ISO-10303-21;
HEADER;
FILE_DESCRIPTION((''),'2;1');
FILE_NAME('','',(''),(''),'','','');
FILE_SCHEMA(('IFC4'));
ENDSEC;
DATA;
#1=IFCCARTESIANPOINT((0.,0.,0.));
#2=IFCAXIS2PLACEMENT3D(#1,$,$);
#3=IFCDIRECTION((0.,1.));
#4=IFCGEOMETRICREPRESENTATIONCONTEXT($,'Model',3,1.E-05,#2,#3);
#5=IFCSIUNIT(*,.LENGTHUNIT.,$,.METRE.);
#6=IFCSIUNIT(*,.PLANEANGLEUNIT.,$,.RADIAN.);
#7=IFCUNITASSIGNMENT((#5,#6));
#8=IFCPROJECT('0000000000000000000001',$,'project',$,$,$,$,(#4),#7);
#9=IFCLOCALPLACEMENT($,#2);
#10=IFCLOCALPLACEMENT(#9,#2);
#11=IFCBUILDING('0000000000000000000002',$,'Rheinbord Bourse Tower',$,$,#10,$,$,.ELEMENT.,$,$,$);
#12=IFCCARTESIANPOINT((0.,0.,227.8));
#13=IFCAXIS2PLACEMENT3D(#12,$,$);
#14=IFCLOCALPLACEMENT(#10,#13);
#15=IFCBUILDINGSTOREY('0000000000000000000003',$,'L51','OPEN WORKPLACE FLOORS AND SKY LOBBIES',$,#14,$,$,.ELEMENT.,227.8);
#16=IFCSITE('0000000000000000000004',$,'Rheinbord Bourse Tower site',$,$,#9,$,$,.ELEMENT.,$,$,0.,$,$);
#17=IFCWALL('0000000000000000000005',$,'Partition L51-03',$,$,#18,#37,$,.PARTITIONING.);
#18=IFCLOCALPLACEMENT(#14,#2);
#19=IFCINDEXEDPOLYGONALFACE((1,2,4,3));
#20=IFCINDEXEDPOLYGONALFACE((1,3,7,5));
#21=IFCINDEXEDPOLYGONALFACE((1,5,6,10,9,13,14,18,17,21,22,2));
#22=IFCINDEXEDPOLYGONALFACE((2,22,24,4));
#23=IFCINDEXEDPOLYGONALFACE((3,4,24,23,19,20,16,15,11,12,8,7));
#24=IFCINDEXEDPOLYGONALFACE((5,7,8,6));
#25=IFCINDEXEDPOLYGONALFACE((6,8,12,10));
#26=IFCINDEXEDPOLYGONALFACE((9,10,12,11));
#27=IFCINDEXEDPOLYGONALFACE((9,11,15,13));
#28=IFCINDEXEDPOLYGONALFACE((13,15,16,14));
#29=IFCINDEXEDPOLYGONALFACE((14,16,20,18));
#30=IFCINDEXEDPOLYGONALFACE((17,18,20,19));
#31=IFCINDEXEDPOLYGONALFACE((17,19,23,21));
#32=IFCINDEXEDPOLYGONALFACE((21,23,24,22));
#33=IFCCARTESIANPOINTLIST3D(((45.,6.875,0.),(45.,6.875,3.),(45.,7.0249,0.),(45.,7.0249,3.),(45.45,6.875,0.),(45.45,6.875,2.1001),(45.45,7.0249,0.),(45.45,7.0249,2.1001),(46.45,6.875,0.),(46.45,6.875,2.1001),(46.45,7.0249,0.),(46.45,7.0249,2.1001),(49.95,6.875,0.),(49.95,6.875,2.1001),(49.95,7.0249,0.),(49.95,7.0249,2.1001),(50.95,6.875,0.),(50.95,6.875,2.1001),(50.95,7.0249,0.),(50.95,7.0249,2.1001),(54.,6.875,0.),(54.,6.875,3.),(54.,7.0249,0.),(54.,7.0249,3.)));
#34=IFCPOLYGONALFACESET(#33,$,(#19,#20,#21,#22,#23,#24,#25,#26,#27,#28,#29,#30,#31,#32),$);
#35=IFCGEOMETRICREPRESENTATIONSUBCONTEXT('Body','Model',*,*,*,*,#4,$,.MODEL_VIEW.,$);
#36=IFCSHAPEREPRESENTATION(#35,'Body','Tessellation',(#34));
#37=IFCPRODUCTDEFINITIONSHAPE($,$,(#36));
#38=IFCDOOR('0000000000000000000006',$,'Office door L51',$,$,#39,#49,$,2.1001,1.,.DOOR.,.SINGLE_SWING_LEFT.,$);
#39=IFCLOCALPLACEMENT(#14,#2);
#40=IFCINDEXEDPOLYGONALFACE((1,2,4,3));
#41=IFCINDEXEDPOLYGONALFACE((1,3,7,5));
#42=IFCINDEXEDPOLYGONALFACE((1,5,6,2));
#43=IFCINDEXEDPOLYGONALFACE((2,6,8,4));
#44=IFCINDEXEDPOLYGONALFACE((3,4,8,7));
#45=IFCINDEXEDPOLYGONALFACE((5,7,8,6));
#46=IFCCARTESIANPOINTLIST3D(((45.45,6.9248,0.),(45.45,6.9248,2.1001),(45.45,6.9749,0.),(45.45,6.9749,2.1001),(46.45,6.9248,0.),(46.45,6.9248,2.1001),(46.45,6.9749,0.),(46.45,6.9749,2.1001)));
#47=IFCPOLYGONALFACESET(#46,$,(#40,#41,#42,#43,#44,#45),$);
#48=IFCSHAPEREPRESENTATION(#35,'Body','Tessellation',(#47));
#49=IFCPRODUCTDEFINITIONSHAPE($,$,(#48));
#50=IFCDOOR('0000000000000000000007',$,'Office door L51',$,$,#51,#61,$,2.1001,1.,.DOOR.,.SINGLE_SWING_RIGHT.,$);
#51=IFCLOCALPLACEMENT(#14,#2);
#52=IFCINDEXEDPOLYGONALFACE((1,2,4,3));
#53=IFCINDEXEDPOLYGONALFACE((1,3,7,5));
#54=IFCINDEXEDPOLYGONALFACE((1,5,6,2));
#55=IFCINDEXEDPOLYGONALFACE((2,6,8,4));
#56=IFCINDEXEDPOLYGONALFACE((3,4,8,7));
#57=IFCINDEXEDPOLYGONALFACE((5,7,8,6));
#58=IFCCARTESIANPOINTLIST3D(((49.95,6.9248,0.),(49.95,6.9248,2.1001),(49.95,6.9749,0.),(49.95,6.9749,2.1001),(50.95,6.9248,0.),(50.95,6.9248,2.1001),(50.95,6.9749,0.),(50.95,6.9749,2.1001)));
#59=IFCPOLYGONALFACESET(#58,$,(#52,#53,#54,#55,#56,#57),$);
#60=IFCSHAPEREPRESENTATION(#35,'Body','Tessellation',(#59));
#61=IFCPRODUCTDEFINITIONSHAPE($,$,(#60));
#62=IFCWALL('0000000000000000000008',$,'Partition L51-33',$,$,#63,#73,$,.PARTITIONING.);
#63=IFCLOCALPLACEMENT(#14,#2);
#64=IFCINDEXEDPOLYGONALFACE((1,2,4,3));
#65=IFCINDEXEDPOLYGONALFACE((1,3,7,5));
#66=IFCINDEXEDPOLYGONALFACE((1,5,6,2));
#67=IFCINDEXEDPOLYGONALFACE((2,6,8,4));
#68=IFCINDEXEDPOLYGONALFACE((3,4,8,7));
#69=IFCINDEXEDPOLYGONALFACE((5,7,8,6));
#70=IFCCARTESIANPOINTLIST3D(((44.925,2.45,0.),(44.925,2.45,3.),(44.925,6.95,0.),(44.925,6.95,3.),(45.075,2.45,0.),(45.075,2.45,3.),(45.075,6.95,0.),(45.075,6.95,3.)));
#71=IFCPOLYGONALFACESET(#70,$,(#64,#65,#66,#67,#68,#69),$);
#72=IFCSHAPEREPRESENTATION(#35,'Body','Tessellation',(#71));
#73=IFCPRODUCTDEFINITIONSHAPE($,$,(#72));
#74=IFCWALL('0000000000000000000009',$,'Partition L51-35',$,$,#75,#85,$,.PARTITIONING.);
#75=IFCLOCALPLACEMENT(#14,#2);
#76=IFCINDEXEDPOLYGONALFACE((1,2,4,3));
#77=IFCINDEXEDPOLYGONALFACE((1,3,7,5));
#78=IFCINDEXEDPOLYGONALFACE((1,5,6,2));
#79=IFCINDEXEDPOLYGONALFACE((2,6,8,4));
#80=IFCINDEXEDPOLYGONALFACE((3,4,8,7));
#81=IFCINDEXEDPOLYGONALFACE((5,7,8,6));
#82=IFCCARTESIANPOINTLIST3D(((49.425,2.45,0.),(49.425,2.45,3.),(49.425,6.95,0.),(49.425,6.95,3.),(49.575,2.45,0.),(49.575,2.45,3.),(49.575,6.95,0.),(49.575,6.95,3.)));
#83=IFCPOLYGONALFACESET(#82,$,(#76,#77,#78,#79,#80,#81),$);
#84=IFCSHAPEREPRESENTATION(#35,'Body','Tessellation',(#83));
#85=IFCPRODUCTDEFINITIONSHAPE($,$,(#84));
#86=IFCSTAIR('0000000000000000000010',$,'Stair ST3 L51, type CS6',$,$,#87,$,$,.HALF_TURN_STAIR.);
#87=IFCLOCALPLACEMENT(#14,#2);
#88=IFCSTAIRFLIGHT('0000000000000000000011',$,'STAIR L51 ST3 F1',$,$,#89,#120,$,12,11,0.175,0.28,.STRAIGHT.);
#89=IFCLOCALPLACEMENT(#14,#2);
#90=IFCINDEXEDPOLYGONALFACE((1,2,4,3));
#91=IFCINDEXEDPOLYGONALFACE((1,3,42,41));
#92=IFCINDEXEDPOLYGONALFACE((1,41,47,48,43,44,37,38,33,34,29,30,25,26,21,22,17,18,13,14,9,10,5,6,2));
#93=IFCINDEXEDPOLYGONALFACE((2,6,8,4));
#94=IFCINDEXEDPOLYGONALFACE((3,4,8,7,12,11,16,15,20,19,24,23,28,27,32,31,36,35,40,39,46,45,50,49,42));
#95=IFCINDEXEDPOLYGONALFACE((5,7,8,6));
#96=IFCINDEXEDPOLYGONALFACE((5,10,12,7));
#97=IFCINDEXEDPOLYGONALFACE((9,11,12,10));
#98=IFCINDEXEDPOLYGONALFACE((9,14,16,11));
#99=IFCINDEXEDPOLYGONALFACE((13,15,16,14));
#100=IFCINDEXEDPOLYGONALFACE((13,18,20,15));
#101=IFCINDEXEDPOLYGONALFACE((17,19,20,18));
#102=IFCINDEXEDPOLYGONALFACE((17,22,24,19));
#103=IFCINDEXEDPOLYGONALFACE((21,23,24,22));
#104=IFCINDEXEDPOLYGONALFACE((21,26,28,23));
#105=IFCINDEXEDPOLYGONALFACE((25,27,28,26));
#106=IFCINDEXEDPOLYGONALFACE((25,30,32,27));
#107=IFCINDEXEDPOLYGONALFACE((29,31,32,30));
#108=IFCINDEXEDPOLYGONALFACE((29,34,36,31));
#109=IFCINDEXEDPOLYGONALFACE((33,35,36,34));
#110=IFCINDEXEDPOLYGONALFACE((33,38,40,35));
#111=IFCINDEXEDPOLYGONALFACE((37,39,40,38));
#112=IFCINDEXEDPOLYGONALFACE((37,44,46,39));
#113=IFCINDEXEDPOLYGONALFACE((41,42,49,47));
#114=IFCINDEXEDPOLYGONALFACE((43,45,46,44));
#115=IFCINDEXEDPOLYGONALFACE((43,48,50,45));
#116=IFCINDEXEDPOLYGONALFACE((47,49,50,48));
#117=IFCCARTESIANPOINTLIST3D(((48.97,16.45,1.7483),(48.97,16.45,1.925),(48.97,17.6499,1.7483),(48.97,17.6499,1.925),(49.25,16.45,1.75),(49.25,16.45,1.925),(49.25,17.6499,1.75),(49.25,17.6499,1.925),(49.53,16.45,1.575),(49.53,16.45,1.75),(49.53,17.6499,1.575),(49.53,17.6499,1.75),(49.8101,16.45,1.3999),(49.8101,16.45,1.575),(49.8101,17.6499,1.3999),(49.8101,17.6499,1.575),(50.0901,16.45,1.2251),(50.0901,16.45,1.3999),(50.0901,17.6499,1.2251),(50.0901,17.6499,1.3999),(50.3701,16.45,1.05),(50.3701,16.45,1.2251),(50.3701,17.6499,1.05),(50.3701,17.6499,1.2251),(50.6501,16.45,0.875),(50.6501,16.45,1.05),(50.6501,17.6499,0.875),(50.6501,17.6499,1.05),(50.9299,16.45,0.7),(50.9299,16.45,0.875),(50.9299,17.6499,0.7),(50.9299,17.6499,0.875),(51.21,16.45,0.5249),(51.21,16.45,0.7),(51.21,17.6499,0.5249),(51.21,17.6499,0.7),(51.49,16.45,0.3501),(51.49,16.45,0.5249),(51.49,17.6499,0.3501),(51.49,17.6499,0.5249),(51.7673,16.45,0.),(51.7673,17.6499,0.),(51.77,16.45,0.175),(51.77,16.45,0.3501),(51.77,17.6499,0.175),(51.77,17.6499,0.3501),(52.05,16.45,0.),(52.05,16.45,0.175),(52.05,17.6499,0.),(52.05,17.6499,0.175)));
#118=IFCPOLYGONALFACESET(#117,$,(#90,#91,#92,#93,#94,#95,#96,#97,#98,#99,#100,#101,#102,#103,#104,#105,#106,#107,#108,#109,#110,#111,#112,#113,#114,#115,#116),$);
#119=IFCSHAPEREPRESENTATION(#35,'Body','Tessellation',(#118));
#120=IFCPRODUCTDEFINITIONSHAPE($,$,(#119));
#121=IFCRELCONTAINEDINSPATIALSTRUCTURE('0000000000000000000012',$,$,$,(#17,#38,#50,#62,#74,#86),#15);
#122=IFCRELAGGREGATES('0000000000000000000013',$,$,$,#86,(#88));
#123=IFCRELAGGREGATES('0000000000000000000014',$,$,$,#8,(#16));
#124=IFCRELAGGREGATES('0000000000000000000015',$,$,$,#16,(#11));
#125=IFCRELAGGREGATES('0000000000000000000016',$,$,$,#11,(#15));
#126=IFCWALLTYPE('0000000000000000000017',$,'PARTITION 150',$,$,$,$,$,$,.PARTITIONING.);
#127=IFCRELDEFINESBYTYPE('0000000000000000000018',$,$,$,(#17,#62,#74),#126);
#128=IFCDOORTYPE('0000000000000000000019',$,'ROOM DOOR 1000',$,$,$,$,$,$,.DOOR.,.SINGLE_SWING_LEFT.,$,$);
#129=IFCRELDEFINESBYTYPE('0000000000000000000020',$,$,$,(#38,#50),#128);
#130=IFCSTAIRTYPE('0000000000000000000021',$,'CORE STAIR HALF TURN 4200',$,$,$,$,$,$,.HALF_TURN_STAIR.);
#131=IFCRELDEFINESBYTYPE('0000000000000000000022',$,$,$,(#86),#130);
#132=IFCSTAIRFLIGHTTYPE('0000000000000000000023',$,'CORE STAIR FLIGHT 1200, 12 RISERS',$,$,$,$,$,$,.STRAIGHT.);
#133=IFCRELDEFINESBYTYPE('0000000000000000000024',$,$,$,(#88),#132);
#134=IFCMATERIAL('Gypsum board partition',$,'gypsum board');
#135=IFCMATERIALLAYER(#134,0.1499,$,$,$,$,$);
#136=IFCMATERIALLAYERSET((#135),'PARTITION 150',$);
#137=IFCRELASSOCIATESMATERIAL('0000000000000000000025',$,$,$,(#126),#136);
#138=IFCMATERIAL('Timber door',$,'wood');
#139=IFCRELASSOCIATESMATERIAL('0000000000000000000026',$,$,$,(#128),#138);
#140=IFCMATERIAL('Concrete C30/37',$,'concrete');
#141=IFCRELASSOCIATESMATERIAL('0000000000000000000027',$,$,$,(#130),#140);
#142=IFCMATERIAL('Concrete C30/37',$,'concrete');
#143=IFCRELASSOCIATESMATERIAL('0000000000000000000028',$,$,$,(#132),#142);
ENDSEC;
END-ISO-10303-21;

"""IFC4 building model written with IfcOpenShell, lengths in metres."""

from ifc_helpers import new_model, si_unit, direction, frame, frame_2d, origin, place, context, subcontext, project, spatial, polyline, rectangle, outline, extrude, material, layer, layer_set, type_object, element, fill, aggregate, save


model = new_model("IFC4")

# Units and contexts
model_context = context("Model", 3, precision=1e-05, world=origin(), true_north=direction((0.0, 1.0)))
body_context = subcontext(model_context, "Body", "Model", "MODEL_VIEW")
ifc_project = project(units=[si_unit("LENGTHUNIT", "METRE"), si_unit("PLANEANGLEUNIT", "RADIAN")], contexts=[model_context])

# Site, building, storey
site_placement = place(None, origin())
site = spatial("IfcSite", under=ifc_project, at=site_placement, Name="Rheinbord Bourse Tower site", CompositionType="ELEMENT", RefElevation=0.0)
building_placement = place(site_placement, origin())
building = spatial("IfcBuilding", under=site, at=building_placement, Name="Rheinbord Bourse Tower", CompositionType="ELEMENT")
storey_placement = place(building_placement, frame((0.0, 0.0, 227.8)))
storey = spatial("IfcBuildingStorey", under=building, at=storey_placement, Name="L51", Description="OPEN WORKPLACE FLOORS AND SKY LOBBIES", CompositionType="ELEMENT", Elevation=227.8)

# Shared definitions
ifc_material_1 = material(Name="Gypsum board partition", Category="gypsum board")
ifc_layer_1 = layer(ifc_material_1, 0.1499)
ifc_layer_set_1 = layer_set([ifc_layer_1], Name="PARTITION 150")
wall_type_1 = type_object("IfcWallType", Name="PARTITION 150", PredefinedType="PARTITIONING", material=ifc_layer_set_1)
ifc_material_2 = material(Name="Timber door", Category="wood")
door_type = type_object("IfcDoorType", Name="ROOM DOOR 1000", OperationType="SINGLE_SWING_LEFT", PredefinedType="DOOR", material=ifc_material_2)

# Wall, openings, doors
wall_1_placement = place(storey_placement, frame((45.0, 6.95, 0.0), z_axis=(0.0, 0.0, 1.0), x_axis=(1.0, 0.0, 0.0)))
wall_1 = element("IfcWall", 1, at=wall_1_placement, inside=storey, type_object=wall_type_1, Name="Partition L51-03", PredefinedType="PARTITIONING", context=body_context, shape_type="SweptSolid", body=[
    extrude(rectangle(XDim=9.0, YDim=0.1499, at=frame_2d((4.5, 0.0))), origin(), (0.0, 0.0, 1.0), 3.0),
])
opening_1_placement = place(wall_1_placement, frame((0.45, 0.0, 0.0)))
opening_1 = element("IfcOpeningElement", 2, at=opening_1_placement, cuts=wall_1, PredefinedType="OPENING", context=body_context, shape_type="SweptSolid", body=[
    extrude(rectangle(XDim=1.0, YDim=2.1001, at=frame_2d((0.5, 1.05))), frame((0.0, 0.085, 0.0), z_axis=(0.0, -1.0, 0.0), x_axis=(1.0, 0.0, 0.0)), (0.0, 0.0, 1.0), 0.1699),
])
opening_2_placement = place(wall_1_placement, frame((4.95, 0.0, 0.0)))
opening_2 = element("IfcOpeningElement", 3, at=opening_2_placement, cuts=wall_1, PredefinedType="OPENING", context=body_context, shape_type="SweptSolid", body=[
    extrude(rectangle(XDim=1.0, YDim=2.1001, at=frame_2d((0.5, 1.05))), frame((0.0, 0.085, 0.0), z_axis=(0.0, -1.0, 0.0), x_axis=(1.0, 0.0, 0.0)), (0.0, 0.0, 1.0), 0.1699),
])
door_1_placement = place(opening_1_placement, origin())
door_1 = element("IfcDoor", 4, at=door_1_placement, inside=storey, type_object=door_type, Name="Office door L51", OperationType="SINGLE_SWING_LEFT", OverallHeight=2.1001, OverallWidth=1.0, PredefinedType="DOOR", context=body_context, shape_type="SweptSolid", body=[
    extrude(rectangle(XDim=1.0, YDim=2.1001, at=frame_2d((0.5, 1.05))), frame((0.0, 0.0249, 0.0), z_axis=(0.0, -1.0, 0.0), x_axis=(1.0, 0.0, 0.0)), (0.0, 0.0, 1.0), 0.05),
])
fill(opening_1, door_1)
door_2_placement = place(opening_2_placement, origin())
door_2 = element("IfcDoor", 5, at=door_2_placement, inside=storey, type_object=door_type, Name="Office door L51", OperationType="SINGLE_SWING_RIGHT", OverallHeight=2.1001, OverallWidth=1.0, PredefinedType="DOOR", context=body_context, shape_type="SweptSolid", body=[
    extrude(rectangle(XDim=1.0, YDim=2.1001, at=frame_2d((0.5, 1.05))), frame((0.0, 0.0249, 0.0), z_axis=(0.0, -1.0, 0.0), x_axis=(1.0, 0.0, 0.0)), (0.0, 0.0, 1.0), 0.05),
])
fill(opening_2, door_2)

# Walls
for number, where, z_axis, x_axis, name in (
    (6, (45.0, 2.45, 0.0), (0.0, 0.0, 1.0), (0.0, 1.0, 0.0), "Partition L51-33"),
    (7, (49.5, 2.45, 0.0), (0.0, 0.0, 1.0), (0.0, 1.0, 0.0), "Partition L51-35"),
):
    element("IfcWall", number, at=place(storey_placement, frame(where, z_axis=z_axis, x_axis=x_axis)), inside=storey, type_object=wall_type_1, Name=name, PredefinedType="PARTITIONING", context=body_context, shape_type="SweptSolid", body=[
        extrude(rectangle(XDim=4.5, YDim=0.1499, at=frame_2d((2.25, 0.0))), origin(), (0.0, 0.0, 1.0), 3.0),
    ])

# Stair, stair flight
ifc_material_3 = material(Name="Concrete C30/37", Category="concrete")
stair_type = type_object("IfcStairType", Name="CORE STAIR HALF TURN 4200", PredefinedType="HALF_TURN_STAIR", material=ifc_material_3)
stair_placement = place(storey_placement, origin())
stair = element("IfcStair", 8, at=stair_placement, inside=storey, type_object=stair_type, Name="Stair ST3 L51, type CS6", PredefinedType="HALF_TURN_STAIR")
ifc_material_4 = material(Name="Concrete C30/37", Category="concrete")
stair_flight_type = type_object("IfcStairFlightType", Name="CORE STAIR FLIGHT 1200, 12 RISERS", PredefinedType="STRAIGHT", material=ifc_material_4)
stair_flight_placement = place(storey_placement, frame((52.05, 17.05, 0.0), z_axis=(0.0, 0.0, 1.0), x_axis=(-1.0, 0.0, 0.0)))
stair_flight = element("IfcStairFlight", 9, at=stair_flight_placement, type_object=stair_flight_type, Name="STAIR L51 ST3 F1", NumberOfRisers=12, NumberOfTreads=11, PredefinedType="STRAIGHT", RiserHeight=0.175, TreadLength=0.28, context=body_context, shape_type="SweptSolid", body=[
    extrude(outline(polyline([(0.0, 0.0), (0.0, 0.175), (0.28, 0.175), (0.28, 0.3501), (0.5601, 0.3501), (0.5601, 0.5249), (0.8401, 0.5249), (0.8401, 0.7), (1.1201, 0.7), (1.1201, 0.875), (1.3999, 0.875), (1.3999, 1.05), (1.6799, 1.05), (1.6799, 1.2251), (1.96, 1.2251), (1.96, 1.3999), (2.24, 1.3999), (2.24, 1.575), (2.52, 1.575), (2.52, 1.75), (2.8, 1.75), (2.8, 1.925), (3.0801, 1.925), (3.0801, 2.1001), (3.0801, 1.7483), (0.2827, 0.0), (0.0, 0.0)])), frame((0.0, 0.6001, 0.0), z_axis=(0.0, -1.0, 0.0), x_axis=(1.0, 0.0, 0.0)), (0.0, 0.0, 1.0), 1.2),
])
aggregate(stair, [stair_flight])

save(model, "model.ifc")
